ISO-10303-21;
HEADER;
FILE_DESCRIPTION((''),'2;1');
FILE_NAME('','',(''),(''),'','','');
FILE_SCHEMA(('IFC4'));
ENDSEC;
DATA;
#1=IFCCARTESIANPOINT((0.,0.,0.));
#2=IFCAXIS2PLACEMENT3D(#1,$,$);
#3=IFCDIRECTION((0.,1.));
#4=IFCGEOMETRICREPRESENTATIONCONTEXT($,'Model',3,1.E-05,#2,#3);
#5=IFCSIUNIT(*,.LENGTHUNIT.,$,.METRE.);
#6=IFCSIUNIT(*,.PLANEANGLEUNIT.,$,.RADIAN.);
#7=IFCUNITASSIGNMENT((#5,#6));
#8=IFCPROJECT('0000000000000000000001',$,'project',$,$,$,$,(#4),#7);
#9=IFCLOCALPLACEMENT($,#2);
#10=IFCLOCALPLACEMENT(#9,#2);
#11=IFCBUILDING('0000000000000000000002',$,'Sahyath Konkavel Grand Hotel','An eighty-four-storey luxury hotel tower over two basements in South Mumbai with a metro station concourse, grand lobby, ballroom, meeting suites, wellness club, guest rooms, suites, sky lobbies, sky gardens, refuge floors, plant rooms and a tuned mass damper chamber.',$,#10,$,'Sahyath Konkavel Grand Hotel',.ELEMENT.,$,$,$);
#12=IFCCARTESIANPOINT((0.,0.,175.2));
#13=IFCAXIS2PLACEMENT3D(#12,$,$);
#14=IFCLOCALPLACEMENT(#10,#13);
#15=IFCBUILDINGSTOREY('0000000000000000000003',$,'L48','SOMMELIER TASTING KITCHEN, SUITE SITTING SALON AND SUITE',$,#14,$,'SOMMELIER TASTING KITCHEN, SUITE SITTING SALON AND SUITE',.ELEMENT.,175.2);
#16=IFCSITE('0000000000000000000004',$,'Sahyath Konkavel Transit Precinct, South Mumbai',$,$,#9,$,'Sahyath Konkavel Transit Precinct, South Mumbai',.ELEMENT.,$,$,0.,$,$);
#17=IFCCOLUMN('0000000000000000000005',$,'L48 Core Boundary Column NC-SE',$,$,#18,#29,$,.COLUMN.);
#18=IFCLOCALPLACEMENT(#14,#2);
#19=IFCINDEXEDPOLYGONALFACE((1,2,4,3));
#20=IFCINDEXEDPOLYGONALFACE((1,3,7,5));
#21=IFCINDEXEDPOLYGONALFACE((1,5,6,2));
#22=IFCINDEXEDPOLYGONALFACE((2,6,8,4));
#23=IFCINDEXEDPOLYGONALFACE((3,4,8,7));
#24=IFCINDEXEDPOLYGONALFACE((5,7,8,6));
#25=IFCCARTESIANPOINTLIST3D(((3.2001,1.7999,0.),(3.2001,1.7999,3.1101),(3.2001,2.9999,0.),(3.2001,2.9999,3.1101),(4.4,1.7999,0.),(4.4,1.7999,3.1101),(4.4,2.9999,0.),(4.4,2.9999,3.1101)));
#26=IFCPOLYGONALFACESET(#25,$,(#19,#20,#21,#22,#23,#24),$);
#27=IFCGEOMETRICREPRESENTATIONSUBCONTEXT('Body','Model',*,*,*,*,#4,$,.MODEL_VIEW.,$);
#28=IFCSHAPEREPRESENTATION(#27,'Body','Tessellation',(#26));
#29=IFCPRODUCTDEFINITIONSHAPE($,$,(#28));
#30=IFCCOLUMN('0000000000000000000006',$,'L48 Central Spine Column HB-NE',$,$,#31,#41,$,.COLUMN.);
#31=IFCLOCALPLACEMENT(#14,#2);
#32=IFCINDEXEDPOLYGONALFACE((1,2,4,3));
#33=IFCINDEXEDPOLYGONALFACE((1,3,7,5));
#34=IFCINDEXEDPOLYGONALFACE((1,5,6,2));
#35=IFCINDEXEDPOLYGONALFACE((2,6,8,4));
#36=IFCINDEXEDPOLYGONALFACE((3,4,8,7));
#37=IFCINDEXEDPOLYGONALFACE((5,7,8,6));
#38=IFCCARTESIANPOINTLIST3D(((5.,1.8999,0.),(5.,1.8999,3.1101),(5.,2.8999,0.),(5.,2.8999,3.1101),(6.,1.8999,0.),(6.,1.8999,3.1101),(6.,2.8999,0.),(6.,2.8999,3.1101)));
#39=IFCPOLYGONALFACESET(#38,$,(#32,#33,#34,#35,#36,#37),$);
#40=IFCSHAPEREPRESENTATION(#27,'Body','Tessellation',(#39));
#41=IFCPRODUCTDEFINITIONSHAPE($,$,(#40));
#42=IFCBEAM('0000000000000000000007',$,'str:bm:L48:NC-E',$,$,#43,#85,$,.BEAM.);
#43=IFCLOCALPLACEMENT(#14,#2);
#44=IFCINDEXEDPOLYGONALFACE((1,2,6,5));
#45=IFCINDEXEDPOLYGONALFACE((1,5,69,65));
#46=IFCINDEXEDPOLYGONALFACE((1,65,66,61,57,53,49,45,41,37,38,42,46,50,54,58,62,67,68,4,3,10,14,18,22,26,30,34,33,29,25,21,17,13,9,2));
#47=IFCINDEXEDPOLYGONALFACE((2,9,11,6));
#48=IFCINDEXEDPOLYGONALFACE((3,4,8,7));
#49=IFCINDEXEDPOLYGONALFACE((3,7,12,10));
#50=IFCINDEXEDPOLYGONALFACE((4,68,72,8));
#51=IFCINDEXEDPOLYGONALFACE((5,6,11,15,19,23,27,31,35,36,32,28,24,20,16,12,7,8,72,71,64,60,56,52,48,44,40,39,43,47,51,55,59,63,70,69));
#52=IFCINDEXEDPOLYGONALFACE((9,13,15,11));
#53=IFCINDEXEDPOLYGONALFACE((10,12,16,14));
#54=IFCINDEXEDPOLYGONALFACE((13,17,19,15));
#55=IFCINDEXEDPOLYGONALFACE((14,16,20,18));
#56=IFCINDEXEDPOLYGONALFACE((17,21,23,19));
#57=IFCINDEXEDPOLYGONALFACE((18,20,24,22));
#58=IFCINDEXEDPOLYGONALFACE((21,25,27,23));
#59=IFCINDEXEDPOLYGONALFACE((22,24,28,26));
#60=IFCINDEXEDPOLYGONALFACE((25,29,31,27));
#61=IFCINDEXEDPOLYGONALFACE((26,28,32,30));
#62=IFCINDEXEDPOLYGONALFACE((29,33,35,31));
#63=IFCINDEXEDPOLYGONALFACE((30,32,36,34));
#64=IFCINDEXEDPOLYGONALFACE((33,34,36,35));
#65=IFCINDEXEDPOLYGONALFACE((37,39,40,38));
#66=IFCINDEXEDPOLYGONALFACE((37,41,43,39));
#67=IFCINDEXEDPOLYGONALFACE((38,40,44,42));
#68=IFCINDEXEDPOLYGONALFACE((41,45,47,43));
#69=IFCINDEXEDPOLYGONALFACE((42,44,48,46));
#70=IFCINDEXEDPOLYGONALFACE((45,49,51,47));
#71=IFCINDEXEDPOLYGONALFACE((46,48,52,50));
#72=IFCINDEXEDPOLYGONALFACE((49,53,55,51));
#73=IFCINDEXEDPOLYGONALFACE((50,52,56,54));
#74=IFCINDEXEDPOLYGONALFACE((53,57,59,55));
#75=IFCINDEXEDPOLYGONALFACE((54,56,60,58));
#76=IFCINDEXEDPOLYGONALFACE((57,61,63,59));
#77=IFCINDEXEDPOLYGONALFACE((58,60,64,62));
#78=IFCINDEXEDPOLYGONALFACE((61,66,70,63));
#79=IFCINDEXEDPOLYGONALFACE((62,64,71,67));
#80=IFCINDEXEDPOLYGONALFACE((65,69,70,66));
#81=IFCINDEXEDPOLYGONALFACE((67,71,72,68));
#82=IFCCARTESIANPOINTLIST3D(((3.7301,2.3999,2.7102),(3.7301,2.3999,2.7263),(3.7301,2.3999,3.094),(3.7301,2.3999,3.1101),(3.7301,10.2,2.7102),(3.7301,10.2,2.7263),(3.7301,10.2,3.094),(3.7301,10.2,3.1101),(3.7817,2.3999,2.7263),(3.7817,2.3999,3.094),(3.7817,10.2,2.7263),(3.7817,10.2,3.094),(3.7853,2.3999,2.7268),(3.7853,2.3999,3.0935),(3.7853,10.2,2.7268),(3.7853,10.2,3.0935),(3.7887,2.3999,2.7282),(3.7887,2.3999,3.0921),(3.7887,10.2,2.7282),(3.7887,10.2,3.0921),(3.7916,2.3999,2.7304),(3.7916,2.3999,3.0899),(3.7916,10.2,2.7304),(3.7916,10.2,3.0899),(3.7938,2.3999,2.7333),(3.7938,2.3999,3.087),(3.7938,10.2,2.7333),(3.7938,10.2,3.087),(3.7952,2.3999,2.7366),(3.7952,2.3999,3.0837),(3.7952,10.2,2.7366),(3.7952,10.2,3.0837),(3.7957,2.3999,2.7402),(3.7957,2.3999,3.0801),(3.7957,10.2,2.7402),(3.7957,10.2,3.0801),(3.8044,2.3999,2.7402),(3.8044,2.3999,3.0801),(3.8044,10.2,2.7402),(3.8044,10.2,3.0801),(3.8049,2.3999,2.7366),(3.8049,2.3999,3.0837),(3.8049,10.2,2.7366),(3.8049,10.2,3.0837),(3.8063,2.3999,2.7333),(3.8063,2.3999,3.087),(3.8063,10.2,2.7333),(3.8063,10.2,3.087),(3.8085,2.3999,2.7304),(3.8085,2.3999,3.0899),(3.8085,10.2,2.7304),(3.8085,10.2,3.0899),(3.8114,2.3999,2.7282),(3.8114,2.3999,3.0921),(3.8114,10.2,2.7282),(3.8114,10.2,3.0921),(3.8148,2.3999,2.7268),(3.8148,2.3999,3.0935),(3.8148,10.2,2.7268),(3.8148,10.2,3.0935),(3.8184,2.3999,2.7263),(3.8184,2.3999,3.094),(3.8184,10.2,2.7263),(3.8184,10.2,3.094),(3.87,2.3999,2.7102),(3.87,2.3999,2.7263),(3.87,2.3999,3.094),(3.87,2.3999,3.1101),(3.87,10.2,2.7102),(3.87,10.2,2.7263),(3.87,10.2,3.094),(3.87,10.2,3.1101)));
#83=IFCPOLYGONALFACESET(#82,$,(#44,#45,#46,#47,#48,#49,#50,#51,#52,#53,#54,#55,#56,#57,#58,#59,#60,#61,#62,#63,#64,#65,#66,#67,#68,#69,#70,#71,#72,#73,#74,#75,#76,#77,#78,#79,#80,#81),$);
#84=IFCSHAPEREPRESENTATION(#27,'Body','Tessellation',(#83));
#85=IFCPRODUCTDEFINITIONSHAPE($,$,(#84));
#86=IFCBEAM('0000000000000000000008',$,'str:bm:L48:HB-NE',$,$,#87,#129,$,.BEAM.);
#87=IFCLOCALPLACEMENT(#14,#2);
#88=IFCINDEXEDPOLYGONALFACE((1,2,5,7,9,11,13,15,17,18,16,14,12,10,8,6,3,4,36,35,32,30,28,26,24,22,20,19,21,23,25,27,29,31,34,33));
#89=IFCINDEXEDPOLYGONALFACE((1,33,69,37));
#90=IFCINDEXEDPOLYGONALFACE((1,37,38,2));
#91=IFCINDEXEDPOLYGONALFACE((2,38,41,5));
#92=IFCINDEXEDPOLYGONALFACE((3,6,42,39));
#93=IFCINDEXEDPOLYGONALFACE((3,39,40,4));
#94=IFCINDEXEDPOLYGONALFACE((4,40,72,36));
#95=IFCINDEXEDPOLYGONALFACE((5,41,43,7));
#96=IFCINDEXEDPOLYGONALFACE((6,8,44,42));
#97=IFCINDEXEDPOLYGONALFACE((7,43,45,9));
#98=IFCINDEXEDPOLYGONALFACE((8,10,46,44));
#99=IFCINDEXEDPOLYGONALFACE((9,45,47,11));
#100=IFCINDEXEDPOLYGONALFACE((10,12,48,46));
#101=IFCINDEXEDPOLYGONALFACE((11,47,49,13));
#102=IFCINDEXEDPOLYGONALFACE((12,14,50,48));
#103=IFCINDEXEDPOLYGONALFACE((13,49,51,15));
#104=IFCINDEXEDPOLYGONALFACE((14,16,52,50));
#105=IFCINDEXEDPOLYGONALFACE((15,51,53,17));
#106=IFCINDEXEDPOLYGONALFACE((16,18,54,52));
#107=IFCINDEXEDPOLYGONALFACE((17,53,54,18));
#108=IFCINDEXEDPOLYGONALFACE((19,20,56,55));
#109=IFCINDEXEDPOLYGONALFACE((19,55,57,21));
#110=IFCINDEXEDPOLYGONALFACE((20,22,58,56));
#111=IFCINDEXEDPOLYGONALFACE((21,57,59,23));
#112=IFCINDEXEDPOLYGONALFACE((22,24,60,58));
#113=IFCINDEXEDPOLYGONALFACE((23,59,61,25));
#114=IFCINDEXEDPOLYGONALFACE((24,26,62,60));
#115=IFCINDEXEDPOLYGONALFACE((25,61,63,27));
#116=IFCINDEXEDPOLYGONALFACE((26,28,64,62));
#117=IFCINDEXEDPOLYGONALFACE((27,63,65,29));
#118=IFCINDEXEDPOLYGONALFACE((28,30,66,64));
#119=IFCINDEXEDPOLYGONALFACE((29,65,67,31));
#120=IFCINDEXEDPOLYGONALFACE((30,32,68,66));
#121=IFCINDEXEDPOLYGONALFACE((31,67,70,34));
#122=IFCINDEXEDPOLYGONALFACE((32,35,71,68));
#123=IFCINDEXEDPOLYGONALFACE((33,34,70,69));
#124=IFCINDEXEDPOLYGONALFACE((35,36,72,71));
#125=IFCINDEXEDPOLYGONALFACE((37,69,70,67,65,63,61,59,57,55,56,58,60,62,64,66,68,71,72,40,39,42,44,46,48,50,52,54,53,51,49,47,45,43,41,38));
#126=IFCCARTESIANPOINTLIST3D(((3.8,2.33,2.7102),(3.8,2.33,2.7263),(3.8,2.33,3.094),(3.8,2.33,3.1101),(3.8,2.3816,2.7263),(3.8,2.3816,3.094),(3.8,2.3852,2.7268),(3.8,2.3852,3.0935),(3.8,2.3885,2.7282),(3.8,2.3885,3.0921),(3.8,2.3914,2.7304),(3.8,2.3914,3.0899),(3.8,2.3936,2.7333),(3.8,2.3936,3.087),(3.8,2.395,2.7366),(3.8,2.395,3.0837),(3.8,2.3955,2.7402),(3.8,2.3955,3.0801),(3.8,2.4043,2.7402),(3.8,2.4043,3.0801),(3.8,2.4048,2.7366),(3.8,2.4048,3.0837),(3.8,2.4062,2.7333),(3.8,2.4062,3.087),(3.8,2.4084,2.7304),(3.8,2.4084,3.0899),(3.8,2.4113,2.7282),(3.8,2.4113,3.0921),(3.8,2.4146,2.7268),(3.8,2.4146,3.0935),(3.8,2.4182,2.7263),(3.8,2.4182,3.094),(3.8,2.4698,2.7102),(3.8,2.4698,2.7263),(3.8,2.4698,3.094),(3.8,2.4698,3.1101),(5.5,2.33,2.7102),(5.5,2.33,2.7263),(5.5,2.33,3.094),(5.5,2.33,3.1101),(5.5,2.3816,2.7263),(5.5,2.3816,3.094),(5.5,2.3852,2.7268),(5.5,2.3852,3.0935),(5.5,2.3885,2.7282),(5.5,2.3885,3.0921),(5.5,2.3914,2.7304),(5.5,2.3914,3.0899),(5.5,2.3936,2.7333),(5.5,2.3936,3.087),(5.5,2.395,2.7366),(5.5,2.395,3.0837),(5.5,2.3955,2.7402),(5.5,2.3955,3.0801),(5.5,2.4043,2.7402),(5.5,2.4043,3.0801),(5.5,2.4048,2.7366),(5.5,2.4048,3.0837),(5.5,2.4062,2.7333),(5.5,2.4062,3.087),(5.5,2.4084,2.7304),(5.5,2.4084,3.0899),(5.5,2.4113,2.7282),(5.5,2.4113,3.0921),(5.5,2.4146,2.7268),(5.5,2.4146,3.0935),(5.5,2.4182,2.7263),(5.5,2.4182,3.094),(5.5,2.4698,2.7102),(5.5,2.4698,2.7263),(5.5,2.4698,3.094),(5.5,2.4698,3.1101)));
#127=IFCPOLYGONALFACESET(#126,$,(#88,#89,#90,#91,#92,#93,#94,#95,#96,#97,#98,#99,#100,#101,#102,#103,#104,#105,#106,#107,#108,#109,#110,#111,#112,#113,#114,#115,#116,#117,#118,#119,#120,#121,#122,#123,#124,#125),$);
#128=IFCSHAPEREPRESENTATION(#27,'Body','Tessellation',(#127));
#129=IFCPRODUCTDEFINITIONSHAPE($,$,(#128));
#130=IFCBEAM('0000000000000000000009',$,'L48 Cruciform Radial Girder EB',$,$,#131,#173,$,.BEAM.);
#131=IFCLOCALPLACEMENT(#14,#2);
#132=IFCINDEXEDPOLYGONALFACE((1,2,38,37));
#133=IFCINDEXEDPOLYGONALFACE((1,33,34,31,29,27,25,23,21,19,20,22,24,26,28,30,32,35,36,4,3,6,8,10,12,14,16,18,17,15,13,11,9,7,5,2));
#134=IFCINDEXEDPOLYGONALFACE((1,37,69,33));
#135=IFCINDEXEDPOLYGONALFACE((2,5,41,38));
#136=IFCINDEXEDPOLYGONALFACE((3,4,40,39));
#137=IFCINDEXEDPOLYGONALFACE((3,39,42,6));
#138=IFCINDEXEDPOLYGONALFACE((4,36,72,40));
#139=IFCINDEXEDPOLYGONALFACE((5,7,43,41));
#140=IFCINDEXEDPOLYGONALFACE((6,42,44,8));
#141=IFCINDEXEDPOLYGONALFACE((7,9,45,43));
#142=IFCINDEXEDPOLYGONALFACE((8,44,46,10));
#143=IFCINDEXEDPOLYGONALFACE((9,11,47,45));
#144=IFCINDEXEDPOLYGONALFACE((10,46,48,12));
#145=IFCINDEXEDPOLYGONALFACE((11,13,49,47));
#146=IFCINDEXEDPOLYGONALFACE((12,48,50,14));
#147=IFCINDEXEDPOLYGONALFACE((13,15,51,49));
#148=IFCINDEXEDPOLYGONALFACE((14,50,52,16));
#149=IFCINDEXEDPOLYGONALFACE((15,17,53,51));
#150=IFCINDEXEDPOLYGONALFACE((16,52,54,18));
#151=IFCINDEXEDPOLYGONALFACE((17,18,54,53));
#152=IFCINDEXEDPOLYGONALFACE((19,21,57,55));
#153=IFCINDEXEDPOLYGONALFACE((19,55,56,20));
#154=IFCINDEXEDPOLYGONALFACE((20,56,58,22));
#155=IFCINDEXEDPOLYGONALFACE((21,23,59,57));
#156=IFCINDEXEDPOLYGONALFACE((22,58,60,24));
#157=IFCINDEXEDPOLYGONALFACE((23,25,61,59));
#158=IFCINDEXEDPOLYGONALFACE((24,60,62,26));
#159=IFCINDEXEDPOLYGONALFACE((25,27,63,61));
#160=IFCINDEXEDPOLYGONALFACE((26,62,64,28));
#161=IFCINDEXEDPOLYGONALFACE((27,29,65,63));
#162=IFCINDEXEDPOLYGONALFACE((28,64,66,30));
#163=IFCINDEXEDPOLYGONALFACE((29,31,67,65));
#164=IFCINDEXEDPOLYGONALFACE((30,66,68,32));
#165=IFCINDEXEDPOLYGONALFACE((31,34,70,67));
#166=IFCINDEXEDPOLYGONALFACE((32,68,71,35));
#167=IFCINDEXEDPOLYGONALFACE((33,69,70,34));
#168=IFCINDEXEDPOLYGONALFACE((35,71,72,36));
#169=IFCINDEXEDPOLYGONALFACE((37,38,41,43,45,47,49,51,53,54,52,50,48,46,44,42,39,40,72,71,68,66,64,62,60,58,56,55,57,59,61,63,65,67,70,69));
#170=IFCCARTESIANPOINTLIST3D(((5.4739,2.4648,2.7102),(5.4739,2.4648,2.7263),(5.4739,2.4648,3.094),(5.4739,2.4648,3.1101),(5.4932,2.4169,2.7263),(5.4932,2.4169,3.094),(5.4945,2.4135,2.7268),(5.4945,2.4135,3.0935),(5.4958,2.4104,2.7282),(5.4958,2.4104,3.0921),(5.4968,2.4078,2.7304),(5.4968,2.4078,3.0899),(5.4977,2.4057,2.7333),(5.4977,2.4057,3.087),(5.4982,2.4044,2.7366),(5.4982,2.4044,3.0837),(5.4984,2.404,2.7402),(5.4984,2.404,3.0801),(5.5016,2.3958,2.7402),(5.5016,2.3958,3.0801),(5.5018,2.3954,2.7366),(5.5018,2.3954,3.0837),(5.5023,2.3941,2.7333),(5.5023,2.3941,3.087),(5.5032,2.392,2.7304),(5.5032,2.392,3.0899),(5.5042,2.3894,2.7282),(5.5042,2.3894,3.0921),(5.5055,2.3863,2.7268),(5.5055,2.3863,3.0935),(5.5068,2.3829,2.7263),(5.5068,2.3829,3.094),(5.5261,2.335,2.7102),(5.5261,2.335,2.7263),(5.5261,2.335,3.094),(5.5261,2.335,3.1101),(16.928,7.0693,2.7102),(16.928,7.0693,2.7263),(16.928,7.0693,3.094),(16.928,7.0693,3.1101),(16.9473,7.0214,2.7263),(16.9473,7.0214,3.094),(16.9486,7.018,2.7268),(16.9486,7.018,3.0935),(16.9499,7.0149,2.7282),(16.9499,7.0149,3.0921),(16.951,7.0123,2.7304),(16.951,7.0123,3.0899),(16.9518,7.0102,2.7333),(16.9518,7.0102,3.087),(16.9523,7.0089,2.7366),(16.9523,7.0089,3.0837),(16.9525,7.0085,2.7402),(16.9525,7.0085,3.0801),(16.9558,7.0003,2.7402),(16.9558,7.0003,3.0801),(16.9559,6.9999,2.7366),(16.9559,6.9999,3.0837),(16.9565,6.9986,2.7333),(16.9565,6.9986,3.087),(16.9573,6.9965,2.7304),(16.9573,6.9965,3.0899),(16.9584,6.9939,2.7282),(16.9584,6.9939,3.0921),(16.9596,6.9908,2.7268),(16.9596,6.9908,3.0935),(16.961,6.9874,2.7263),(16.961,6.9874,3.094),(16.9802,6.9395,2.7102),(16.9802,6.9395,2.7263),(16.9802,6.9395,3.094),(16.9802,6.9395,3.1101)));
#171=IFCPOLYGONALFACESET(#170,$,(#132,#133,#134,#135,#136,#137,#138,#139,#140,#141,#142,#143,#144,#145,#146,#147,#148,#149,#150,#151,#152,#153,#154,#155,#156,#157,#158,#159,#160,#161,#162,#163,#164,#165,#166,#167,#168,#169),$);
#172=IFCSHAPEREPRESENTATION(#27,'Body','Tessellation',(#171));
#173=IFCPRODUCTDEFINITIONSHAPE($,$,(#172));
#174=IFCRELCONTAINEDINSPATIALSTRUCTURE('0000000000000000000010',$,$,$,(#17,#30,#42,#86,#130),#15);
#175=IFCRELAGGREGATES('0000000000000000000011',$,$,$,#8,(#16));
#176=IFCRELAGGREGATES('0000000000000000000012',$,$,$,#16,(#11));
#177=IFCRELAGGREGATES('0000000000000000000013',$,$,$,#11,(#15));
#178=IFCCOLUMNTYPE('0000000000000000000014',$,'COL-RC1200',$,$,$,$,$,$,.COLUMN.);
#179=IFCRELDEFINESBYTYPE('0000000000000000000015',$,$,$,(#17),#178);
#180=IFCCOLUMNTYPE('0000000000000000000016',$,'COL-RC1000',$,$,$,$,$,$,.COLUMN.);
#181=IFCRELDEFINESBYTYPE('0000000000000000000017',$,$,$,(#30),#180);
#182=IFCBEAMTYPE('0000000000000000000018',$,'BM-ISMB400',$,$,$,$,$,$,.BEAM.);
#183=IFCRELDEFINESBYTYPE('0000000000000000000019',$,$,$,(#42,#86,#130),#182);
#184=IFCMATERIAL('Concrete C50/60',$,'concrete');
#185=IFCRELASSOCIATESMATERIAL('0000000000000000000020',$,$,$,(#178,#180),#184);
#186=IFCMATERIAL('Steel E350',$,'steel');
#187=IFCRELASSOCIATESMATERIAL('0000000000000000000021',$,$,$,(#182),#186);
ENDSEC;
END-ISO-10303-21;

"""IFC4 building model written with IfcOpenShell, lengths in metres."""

from ifc_helpers import new_model, si_unit, direction, frame, origin, origin_2d, place, context, subcontext, project, spatial, rectangle, i_section, extrude, source, transform, mapped, material, material_profile, profile_set, type_object, element, save


model = new_model("IFC4")

# Units and contexts
model_context = context("Model", 3, precision=1e-05, world=origin(), true_north=direction((0.0, 1.0)))
body_context = subcontext(model_context, "Body", "Model", "MODEL_VIEW")
ifc_project = project(units=[si_unit("LENGTHUNIT", "METRE"), si_unit("PLANEANGLEUNIT", "RADIAN")], contexts=[model_context])

# Site, building, storey
site_placement = place(None, origin())
site = spatial("IfcSite", under=ifc_project, at=site_placement, Name="Sahyath Konkavel Transit Precinct, South Mumbai", LongName="Sahyath Konkavel Transit Precinct, South Mumbai", CompositionType="ELEMENT", RefElevation=0.0)
building_placement = place(site_placement, origin())
building = spatial("IfcBuilding", under=site, at=building_placement, Name="Sahyath Konkavel Grand Hotel", Description="An eighty-four-storey luxury hotel tower over two basements in South Mumbai with a metro station concourse, grand lobby, ballroom, meeting suites, wellness club, guest rooms, suites, sky lobbies, sky gardens, refuge floors, plant rooms and a tuned mass damper chamber.", LongName="Sahyath Konkavel Grand Hotel", CompositionType="ELEMENT")
storey_placement = place(building_placement, frame((0.0, 0.0, 175.2)))
storey = spatial("IfcBuildingStorey", under=building, at=storey_placement, Name="L48", Description="SOMMELIER TASTING KITCHEN, SUITE SITTING SALON AND SUITE", LongName="SOMMELIER TASTING KITCHEN, SUITE SITTING SALON AND SUITE", CompositionType="ELEMENT", Elevation=175.2)

# Columns
ifc_material_1 = material(Name="Concrete C50/60", Category="concrete")
ifc_material_profile_1 = material_profile(ifc_material_1, rectangle(XDim=1.2, YDim=1.2, at=origin_2d()), Name="RC 1200x1200")
ifc_profile_set_1 = profile_set([ifc_material_profile_1], Name="Concrete C50/60")
column_type_1 = type_object("IfcColumnType", Name="COL-RC1200", PredefinedType="COLUMN", material=ifc_profile_set_1)
shared_shape_1 = source(origin(), body_context, "Body", "SweptSolid", [
    extrude(rectangle(XDim=1.2, YDim=1.2, at=origin_2d()), origin(), (0.0, 0.0, 1.0), 3.1101),
])
column_1_placement = place(storey_placement, frame((3.8, 2.3999, 0.0), z_axis=(0.0, 0.0, 1.0), x_axis=(1.0, 0.0, 0.0)))
element("IfcColumn", 1, at=column_1_placement, inside=storey, type_object=column_type_1, Name="L48 Core Boundary Column NC-SE", PredefinedType="COLUMN", context=body_context, shape_type="MappedRepresentation", body=[
    mapped(shared_shape_1, transform((0.0, 0.0, 0.0), scale=1.0)),
])
ifc_material_profile_2 = material_profile(ifc_material_1, rectangle(XDim=1.0, YDim=1.0, at=origin_2d()), Name="RC 1000x1000")
ifc_profile_set_2 = profile_set([ifc_material_profile_2], Name="Concrete C50/60")
column_type_2 = type_object("IfcColumnType", Name="COL-RC1000", PredefinedType="COLUMN", material=ifc_profile_set_2)
shared_shape_2 = source(origin(), body_context, "Body", "SweptSolid", [
    extrude(rectangle(XDim=1.0, YDim=1.0, at=origin_2d()), origin(), (0.0, 0.0, 1.0), 3.1101),
])
column_2_placement = place(storey_placement, frame((5.5, 2.3999, 0.0), z_axis=(0.0, 0.0, 1.0), x_axis=(1.0, 0.0, 0.0)))
element("IfcColumn", 2, at=column_2_placement, inside=storey, type_object=column_type_2, Name="L48 Central Spine Column HB-NE", PredefinedType="COLUMN", context=body_context, shape_type="MappedRepresentation", body=[
    mapped(shared_shape_2, transform((0.0, 0.0, 0.0), scale=1.0)),
])

# Beams
ifc_material_2 = material(Name="Steel E350", Category="steel")
ifc_material_profile_3 = material_profile(ifc_material_2, i_section(OverallWidth=0.1399, OverallDepth=0.3999, WebThickness=0.0088, FlangeThickness=0.0161, FilletRadius=0.0139, at=origin_2d()), Name="ISMB 400")
ifc_profile_set_3 = profile_set([ifc_material_profile_3], Name="Steel E350")
beam_type = type_object("IfcBeamType", Name="BM-ISMB400", PredefinedType="BEAM", material=ifc_profile_set_3)
shared_shape_3 = source(origin(), body_context, "Body", "SweptSolid", [
    extrude(i_section(OverallWidth=0.1399, OverallDepth=0.3999, WebThickness=0.0088, FlangeThickness=0.0161, FilletRadius=0.0139, at=origin_2d()), origin(), (0.0, 0.0, 1.0), 7.8),
])
beam_1_placement = place(storey_placement, frame((3.8, 2.3999, 2.9102), z_axis=(0.0, 1.0, 0.0), x_axis=(-1.0, 0.0, 0.0)))
element("IfcBeam", 3, at=beam_1_placement, inside=storey, type_object=beam_type, Name="str:bm:L48:NC-E", PredefinedType="BEAM", context=body_context, shape_type="MappedRepresentation", body=[
    mapped(shared_shape_3, transform((0.0, 0.0, 0.0), scale=1.0)),
])
shared_shape_4 = source(origin(), body_context, "Body", "SweptSolid", [
    extrude(i_section(OverallWidth=0.1399, OverallDepth=0.3999, WebThickness=0.0088, FlangeThickness=0.0161, FilletRadius=0.0139, at=origin_2d()), origin(), (0.0, 0.0, 1.0), 1.7),
])
beam_2_placement = place(storey_placement, frame((3.8, 2.3999, 2.9102), z_axis=(1.0, 0.0, 0.0), x_axis=(0.0, 1.0, 0.0)))
element("IfcBeam", 4, at=beam_2_placement, inside=storey, type_object=beam_type, Name="str:bm:L48:HB-NE", PredefinedType="BEAM", context=body_context, shape_type="MappedRepresentation", body=[
    mapped(shared_shape_4, transform((0.0, 0.0, 0.0), scale=1.0)),
])
shared_shape_5 = source(origin(), body_context, "Body", "SweptSolid", [
    extrude(i_section(OverallWidth=0.1399, OverallDepth=0.3999, WebThickness=0.0088, FlangeThickness=0.0161, FilletRadius=0.0139, at=origin_2d()), origin(), (0.0, 0.0, 1.0), 12.345),
])
beam_3_placement = place(storey_placement, frame((5.5, 2.3999, 2.9102), z_axis=(0.927837, 0.372986, 0.0), x_axis=(-0.372986, 0.927837, 0.0)))
element("IfcBeam", 5, at=beam_3_placement, inside=storey, type_object=beam_type, Name="L48 Cruciform Radial Girder EB", PredefinedType="BEAM", context=body_context, shape_type="MappedRepresentation", body=[
    mapped(shared_shape_5, transform((0.0, 0.0, 0.0), scale=1.0)),
])

save(model, "model.ifc")
